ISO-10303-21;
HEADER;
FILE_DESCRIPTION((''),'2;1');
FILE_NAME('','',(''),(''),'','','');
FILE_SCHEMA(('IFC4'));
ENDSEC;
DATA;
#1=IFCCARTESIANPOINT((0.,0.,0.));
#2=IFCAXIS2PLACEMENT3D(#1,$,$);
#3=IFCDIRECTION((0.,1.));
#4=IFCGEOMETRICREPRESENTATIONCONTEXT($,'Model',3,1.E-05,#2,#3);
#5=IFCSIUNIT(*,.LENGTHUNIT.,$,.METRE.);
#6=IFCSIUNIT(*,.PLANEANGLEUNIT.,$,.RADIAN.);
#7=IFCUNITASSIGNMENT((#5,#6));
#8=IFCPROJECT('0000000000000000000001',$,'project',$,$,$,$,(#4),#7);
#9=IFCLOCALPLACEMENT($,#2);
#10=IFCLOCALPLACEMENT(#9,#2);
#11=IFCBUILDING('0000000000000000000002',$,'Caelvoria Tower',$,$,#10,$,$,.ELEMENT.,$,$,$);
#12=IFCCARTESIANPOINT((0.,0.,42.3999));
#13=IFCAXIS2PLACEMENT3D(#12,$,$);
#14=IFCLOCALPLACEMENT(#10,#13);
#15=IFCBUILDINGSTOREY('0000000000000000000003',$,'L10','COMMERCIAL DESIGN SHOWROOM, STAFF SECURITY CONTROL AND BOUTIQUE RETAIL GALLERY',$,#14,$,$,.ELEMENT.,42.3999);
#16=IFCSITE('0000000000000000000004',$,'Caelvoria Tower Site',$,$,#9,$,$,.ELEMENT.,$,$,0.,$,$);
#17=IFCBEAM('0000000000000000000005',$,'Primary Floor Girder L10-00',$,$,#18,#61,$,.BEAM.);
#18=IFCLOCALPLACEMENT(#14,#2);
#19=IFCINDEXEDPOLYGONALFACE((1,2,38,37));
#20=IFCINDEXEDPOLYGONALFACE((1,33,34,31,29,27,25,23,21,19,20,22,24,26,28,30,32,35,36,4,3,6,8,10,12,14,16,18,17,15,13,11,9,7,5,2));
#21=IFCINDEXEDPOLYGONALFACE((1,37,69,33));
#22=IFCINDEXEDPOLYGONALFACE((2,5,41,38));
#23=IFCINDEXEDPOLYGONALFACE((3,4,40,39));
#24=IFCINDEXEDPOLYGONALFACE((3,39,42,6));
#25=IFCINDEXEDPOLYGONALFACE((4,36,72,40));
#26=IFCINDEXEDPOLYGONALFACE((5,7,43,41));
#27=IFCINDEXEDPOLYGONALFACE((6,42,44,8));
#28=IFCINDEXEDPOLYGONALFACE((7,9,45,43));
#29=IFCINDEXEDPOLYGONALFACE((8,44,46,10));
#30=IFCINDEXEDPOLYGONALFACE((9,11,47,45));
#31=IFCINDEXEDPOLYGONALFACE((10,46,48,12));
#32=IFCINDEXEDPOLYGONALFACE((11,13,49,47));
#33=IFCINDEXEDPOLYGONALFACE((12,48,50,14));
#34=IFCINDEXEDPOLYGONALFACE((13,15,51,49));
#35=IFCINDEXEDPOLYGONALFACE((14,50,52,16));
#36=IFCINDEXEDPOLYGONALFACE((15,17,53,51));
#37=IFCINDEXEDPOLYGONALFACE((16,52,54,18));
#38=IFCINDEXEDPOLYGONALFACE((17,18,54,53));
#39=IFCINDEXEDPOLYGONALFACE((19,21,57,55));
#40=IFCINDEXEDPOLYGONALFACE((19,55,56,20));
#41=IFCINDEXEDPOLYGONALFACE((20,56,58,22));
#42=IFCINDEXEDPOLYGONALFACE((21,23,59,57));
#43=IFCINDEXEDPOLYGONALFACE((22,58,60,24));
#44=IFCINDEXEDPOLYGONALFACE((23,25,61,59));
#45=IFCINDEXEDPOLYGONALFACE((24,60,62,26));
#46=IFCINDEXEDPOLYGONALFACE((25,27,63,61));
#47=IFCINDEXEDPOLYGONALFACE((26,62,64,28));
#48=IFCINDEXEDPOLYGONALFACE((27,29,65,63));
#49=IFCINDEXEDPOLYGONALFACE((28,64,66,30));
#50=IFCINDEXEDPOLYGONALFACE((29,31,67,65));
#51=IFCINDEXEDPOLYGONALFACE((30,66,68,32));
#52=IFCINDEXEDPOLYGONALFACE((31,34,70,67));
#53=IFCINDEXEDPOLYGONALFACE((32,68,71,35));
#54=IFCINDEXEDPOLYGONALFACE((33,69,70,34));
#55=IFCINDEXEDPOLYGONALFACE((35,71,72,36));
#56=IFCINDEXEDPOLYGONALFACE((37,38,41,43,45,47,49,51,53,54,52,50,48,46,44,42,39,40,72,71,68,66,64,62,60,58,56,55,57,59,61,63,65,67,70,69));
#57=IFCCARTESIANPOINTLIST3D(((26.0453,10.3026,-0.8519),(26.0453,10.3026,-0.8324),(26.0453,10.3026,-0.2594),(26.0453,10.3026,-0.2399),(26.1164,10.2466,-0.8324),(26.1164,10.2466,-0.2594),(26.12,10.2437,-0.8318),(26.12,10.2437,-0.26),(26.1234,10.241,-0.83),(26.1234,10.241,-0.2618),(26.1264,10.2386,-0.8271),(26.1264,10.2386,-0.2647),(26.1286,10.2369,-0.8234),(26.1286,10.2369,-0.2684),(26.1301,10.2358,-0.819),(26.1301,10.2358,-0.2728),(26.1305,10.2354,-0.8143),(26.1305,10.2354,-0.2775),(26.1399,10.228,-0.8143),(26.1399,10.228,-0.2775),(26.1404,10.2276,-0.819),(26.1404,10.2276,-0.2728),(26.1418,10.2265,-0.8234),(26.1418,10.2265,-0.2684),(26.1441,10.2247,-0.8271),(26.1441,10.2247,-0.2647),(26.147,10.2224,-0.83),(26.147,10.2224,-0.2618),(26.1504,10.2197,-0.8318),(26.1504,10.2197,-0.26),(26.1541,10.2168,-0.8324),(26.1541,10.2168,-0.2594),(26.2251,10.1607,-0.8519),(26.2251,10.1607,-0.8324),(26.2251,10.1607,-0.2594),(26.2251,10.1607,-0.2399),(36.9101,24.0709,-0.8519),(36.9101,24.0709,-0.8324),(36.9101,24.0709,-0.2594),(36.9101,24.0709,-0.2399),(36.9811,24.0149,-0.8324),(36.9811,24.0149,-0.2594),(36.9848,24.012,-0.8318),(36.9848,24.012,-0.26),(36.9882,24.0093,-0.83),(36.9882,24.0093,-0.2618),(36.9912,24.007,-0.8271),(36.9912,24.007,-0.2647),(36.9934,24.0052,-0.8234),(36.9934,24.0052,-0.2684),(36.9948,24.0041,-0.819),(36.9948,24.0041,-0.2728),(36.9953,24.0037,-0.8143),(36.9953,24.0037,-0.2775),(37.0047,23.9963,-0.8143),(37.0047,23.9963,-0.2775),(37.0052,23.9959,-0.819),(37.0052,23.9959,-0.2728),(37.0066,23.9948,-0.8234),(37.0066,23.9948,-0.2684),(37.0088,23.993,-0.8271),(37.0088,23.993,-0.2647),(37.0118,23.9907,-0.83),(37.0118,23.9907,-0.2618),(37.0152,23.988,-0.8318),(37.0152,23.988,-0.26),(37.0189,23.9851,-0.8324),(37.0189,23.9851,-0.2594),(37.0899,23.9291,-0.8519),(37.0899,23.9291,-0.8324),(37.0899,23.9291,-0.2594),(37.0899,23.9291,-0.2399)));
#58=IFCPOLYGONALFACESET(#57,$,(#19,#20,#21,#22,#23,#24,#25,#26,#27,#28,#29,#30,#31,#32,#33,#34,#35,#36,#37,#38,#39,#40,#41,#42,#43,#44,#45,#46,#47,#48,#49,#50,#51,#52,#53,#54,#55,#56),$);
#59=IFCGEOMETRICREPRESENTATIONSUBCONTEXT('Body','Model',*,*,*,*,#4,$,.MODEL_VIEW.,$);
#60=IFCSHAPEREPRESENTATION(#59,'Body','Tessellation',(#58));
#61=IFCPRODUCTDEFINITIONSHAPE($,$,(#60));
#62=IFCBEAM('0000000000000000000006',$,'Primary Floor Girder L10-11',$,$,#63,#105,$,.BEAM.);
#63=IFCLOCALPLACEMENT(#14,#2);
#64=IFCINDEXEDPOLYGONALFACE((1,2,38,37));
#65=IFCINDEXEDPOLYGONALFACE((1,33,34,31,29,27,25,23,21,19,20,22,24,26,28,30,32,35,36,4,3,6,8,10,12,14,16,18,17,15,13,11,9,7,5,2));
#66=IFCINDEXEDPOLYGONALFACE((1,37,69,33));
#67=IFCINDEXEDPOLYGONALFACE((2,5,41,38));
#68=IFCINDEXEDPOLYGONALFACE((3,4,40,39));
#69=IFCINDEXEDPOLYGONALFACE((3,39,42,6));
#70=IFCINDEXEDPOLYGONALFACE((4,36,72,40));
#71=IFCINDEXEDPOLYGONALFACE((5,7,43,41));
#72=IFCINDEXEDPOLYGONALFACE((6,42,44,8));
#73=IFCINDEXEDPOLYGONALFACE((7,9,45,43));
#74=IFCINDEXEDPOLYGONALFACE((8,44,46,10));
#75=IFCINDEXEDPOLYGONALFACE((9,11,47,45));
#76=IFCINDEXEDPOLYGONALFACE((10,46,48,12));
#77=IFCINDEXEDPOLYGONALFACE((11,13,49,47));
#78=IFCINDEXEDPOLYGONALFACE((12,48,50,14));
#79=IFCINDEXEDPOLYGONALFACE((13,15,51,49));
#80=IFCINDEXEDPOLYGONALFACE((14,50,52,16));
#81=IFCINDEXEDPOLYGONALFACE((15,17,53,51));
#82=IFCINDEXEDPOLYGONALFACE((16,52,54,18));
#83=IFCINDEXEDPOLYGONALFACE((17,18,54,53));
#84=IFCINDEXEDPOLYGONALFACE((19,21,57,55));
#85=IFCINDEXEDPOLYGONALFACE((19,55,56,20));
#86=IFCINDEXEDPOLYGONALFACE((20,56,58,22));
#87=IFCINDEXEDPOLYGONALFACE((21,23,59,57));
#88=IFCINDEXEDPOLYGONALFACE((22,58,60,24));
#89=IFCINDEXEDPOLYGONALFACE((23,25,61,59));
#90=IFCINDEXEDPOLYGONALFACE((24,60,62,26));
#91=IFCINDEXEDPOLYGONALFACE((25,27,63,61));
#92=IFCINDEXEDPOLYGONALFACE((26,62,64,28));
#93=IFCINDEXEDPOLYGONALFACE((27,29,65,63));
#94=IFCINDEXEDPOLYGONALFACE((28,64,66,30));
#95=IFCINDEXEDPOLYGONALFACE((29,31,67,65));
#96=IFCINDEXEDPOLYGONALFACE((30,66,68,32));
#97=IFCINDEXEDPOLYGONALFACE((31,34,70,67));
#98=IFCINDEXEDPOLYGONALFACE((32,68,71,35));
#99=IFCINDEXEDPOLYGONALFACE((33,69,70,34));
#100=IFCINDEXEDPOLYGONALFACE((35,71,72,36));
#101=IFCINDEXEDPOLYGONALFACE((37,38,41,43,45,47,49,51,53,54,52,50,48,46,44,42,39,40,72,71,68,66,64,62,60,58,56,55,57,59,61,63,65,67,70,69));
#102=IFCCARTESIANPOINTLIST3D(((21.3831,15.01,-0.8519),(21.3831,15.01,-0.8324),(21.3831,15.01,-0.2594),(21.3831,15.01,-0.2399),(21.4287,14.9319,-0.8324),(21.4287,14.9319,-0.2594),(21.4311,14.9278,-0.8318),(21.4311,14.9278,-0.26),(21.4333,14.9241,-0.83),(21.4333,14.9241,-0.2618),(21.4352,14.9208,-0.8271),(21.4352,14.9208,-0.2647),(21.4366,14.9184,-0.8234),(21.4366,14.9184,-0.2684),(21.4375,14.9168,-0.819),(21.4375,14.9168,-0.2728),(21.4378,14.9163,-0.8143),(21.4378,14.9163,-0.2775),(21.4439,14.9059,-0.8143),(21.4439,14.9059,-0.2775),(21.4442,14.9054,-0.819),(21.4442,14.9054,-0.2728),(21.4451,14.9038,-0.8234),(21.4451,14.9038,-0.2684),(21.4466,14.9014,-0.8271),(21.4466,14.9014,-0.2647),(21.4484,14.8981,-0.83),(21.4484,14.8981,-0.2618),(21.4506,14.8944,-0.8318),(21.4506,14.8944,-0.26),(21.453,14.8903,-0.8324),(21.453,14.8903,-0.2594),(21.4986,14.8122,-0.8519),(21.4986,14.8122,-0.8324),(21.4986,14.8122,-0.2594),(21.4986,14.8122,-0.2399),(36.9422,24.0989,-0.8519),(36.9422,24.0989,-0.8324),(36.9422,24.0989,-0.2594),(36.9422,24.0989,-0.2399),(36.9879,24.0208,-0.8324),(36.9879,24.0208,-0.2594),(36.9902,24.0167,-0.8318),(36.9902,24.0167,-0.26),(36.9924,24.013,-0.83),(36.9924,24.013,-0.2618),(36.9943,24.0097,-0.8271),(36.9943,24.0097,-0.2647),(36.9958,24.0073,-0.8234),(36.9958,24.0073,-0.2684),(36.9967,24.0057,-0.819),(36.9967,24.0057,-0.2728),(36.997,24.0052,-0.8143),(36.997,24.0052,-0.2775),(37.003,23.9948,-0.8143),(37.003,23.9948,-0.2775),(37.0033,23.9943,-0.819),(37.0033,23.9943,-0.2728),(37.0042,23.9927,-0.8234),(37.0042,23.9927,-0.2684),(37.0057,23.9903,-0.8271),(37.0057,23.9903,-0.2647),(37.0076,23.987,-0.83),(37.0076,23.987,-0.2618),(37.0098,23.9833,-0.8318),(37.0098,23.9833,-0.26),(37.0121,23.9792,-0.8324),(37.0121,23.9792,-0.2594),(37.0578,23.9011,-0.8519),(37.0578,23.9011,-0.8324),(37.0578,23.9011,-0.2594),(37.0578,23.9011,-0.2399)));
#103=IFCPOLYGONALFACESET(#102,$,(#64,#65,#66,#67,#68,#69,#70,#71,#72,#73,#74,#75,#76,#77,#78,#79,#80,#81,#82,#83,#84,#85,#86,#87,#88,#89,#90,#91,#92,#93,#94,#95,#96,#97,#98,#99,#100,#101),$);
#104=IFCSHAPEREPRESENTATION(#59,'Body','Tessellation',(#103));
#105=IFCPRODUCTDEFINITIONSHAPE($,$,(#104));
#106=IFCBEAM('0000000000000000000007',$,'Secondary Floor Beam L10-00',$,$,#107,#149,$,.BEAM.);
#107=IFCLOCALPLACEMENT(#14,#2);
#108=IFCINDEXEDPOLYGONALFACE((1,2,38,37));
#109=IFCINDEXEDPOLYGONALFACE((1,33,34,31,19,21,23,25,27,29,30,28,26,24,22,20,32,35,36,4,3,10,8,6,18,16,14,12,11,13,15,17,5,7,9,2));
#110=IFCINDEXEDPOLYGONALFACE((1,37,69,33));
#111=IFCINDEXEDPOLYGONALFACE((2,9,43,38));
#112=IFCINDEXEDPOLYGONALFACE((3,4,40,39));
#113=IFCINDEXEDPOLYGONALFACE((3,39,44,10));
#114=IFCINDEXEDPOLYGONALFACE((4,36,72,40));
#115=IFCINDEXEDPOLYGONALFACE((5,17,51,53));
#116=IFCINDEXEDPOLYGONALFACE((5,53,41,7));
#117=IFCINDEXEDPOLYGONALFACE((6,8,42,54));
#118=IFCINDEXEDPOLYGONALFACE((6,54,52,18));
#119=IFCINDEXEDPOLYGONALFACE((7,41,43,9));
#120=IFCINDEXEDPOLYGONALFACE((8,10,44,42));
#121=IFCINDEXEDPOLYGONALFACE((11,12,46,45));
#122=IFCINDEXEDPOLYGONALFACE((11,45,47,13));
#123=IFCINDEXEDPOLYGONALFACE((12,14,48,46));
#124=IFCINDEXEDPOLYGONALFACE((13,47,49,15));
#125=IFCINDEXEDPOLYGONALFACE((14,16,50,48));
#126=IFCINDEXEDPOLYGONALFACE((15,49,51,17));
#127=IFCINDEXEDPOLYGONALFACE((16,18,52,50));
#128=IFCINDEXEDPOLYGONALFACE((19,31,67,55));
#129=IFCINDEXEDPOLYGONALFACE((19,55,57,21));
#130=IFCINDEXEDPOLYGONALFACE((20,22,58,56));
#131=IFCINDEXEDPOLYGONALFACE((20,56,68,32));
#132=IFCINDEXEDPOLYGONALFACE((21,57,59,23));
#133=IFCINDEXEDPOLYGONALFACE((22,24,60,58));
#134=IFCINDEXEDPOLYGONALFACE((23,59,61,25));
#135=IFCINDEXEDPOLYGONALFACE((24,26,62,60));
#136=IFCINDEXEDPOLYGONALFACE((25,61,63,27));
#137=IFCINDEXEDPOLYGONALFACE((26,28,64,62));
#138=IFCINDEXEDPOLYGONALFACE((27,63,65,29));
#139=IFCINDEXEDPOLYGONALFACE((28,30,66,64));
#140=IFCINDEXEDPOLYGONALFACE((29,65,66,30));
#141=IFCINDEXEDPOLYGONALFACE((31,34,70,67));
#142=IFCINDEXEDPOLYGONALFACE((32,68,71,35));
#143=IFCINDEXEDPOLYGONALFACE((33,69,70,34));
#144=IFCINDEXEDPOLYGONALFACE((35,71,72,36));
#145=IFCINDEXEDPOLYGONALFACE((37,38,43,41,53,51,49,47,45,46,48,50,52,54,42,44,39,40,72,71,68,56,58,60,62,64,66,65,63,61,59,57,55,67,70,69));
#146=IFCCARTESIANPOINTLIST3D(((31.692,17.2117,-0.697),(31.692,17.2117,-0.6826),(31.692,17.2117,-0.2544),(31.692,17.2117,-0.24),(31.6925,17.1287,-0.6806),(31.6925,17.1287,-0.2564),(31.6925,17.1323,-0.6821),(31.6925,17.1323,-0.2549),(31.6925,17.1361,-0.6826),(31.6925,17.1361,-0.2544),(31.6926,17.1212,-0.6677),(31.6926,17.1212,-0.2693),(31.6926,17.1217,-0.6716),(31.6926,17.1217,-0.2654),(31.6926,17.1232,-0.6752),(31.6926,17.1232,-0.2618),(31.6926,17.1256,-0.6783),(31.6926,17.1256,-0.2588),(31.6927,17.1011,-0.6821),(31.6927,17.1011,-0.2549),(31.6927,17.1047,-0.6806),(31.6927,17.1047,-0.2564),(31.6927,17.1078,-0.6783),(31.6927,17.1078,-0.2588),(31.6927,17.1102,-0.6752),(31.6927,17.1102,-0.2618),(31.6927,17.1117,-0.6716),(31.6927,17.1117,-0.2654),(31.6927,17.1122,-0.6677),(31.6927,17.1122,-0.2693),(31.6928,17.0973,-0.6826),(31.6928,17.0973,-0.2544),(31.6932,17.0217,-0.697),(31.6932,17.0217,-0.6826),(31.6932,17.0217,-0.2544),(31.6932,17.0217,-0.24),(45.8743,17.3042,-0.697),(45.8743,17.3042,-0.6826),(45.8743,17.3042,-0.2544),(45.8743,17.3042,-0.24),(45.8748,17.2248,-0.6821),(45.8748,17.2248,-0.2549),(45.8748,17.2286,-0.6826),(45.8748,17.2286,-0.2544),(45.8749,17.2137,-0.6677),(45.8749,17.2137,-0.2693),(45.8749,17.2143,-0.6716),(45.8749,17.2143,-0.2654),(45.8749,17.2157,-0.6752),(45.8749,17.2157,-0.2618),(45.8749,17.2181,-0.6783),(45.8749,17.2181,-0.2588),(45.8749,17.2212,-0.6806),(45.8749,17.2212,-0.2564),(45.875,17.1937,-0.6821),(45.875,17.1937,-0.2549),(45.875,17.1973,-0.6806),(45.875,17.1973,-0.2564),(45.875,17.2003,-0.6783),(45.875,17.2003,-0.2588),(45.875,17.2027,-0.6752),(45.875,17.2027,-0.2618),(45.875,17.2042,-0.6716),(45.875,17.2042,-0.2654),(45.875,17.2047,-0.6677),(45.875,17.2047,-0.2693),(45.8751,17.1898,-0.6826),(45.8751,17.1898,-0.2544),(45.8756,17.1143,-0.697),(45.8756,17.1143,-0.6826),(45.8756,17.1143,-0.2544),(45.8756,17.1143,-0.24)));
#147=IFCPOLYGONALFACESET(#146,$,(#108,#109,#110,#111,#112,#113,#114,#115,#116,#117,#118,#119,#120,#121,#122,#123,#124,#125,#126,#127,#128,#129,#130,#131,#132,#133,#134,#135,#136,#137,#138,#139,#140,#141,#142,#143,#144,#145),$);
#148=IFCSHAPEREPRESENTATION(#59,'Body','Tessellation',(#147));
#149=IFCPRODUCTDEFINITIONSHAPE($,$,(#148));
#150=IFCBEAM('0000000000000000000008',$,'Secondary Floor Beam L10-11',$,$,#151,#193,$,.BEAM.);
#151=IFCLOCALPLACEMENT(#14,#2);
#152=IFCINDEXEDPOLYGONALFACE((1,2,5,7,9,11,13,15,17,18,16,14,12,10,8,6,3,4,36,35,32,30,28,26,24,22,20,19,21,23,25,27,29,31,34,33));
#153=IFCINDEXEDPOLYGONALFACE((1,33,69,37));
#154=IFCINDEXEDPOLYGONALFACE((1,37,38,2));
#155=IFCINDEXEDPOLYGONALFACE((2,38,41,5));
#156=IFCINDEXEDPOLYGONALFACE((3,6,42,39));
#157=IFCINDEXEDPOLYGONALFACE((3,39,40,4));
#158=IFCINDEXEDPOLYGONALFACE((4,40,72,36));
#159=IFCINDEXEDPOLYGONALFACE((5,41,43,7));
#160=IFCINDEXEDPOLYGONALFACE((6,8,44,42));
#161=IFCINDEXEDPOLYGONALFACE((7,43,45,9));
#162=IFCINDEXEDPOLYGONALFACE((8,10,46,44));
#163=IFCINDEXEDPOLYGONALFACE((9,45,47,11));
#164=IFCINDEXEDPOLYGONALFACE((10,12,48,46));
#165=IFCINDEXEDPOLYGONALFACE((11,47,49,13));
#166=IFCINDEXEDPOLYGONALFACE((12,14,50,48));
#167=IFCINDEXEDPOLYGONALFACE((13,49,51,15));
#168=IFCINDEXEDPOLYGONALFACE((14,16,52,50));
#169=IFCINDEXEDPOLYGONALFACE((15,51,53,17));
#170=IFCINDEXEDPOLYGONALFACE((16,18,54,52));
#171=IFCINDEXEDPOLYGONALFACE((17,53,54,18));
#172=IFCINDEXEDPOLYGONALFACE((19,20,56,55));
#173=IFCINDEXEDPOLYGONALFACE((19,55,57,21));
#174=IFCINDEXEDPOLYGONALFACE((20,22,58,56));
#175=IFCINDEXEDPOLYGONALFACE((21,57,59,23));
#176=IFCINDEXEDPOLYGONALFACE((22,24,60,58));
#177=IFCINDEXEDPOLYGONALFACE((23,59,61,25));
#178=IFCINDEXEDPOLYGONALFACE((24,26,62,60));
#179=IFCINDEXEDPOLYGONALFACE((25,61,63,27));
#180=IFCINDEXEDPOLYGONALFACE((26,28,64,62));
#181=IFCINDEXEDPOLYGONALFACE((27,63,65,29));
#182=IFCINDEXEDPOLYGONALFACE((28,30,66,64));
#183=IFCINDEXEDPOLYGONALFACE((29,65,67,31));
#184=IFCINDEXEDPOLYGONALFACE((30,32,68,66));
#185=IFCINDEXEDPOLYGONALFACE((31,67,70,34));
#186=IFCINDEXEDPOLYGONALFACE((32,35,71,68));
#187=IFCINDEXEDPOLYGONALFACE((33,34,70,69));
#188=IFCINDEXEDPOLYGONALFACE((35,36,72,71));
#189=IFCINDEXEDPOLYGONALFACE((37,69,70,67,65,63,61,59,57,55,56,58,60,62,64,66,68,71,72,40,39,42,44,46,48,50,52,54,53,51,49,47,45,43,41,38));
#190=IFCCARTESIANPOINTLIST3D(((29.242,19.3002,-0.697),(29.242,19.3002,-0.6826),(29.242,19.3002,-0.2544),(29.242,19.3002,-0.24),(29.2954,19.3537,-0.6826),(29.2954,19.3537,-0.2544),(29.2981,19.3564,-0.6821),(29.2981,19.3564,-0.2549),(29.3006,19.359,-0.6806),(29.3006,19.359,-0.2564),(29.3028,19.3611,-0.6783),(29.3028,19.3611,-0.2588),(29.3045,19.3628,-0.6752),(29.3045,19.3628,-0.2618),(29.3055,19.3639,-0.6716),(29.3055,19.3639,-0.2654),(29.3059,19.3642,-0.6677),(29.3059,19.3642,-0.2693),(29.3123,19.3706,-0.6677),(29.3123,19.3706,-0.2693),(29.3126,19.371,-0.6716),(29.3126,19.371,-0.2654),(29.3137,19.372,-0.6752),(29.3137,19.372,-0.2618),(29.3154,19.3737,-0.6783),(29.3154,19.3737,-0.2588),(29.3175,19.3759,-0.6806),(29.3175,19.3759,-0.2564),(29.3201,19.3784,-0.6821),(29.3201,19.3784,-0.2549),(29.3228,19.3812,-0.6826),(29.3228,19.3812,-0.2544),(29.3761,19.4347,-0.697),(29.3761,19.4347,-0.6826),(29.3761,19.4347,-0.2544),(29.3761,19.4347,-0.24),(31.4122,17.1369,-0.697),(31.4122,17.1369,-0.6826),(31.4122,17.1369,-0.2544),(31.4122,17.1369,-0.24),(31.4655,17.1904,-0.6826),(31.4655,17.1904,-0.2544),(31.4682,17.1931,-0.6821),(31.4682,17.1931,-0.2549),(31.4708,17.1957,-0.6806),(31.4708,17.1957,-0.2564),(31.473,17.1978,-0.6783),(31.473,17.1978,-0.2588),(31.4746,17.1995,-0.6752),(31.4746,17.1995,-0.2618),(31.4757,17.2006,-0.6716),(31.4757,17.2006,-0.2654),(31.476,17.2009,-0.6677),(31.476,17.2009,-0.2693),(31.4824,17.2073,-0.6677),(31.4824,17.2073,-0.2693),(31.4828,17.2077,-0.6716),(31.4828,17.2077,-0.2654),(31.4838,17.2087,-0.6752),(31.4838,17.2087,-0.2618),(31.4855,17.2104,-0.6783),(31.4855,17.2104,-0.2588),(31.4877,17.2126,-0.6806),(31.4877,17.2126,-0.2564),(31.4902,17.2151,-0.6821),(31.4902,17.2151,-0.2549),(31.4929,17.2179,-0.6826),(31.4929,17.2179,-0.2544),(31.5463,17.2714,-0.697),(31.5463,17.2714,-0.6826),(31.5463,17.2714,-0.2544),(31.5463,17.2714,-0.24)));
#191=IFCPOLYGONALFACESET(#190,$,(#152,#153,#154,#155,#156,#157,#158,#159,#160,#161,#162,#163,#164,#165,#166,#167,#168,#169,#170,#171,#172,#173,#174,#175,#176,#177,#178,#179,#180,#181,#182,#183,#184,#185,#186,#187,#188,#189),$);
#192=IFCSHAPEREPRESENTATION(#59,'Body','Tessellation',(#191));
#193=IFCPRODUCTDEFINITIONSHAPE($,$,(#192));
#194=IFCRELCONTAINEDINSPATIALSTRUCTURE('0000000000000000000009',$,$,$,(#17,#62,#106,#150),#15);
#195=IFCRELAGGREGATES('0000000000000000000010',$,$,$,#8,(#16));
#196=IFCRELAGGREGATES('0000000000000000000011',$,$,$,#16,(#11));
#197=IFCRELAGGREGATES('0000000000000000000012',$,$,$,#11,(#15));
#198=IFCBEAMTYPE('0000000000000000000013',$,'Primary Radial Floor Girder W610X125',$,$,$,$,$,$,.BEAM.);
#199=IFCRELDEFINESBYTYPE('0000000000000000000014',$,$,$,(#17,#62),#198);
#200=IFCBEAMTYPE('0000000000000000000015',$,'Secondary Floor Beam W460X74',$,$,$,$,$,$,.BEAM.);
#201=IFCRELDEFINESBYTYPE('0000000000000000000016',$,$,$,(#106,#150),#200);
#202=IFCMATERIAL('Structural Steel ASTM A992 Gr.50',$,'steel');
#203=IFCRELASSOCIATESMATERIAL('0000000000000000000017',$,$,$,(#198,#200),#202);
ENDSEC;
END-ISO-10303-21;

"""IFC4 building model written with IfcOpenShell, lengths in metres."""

from ifc_helpers import new_model, si_unit, direction, frame, origin, origin_2d, place, context, subcontext, project, spatial, i_section, extrude, material, material_profile, profile_set, type_object, element, save


model = new_model("IFC4")

# Units and contexts
model_context = context("Model", 3, precision=1e-05, world=origin(), true_north=direction((0.0, 1.0)))
body_context = subcontext(model_context, "Body", "Model", "MODEL_VIEW")
ifc_project = project(units=[si_unit("LENGTHUNIT", "METRE"), si_unit("PLANEANGLEUNIT", "RADIAN")], contexts=[model_context])

# Site, building, storey
site_placement = place(None, origin())
site = spatial("IfcSite", under=ifc_project, at=site_placement, Name="Caelvoria Tower Site", CompositionType="ELEMENT", RefElevation=0.0)
building_placement = place(site_placement, origin())
building = spatial("IfcBuilding", under=site, at=building_placement, Name="Caelvoria Tower", CompositionType="ELEMENT")
storey_placement = place(building_placement, frame((0.0, 0.0, 42.3999)))
storey = spatial("IfcBuildingStorey", under=building, at=storey_placement, Name="L10", Description="COMMERCIAL DESIGN SHOWROOM, STAFF SECURITY CONTROL AND BOUTIQUE RETAIL GALLERY", CompositionType="ELEMENT", Elevation=42.3999)

# Beams
ifc_material_1 = material(Name="Structural Steel ASTM A992 Gr.50", Category="steel")
ifc_material_profile_1 = material_profile(ifc_material_1, i_section(OverallWidth=0.229, OverallDepth=0.6121, WebThickness=0.012, FlangeThickness=0.0195, FilletRadius=0.0181, at=origin_2d()), Name="Structural Steel ASTM A992 Gr.50")
ifc_profile_set_1 = profile_set([ifc_material_profile_1], Name="W610X125 - Structural Steel ASTM A992 Gr.50")
beam_type_1 = type_object("IfcBeamType", Name="Primary Radial Floor Girder W610X125", PredefinedType="BEAM", material=ifc_profile_set_1)
beam_1_placement = place(storey_placement, frame((37.0, 24.0, -0.5459), z_axis=(-0.61947, -0.785021, 0.0), x_axis=(0.785021, -0.61947, 0.0)))
element("IfcBeam", 1, at=beam_1_placement, inside=storey, type_object=beam_type_1, Name="Primary Floor Girder L10-00", PredefinedType="BEAM", context=body_context, shape_type="SweptSolid", body=[
    extrude(i_section(OverallWidth=0.229, OverallDepth=0.6121, WebThickness=0.012, FlangeThickness=0.0195, FilletRadius=0.0181, at=origin_2d()), origin(), (0.0, 0.0, 1.0), 17.5388),
])
beam_2_placement = place(storey_placement, frame((37.0, 24.0, -0.5459), z_axis=(-0.863471, -0.504398, 0.0), x_axis=(0.504398, -0.863471, 0.0)))
element("IfcBeam", 2, at=beam_2_placement, inside=storey, type_object=beam_type_1, Name="Primary Floor Girder L10-11", PredefinedType="BEAM", context=body_context, shape_type="SweptSolid", body=[
    extrude(i_section(OverallWidth=0.229, OverallDepth=0.6121, WebThickness=0.012, FlangeThickness=0.0195, FilletRadius=0.0181, at=origin_2d()), origin(), (0.0, 0.0, 1.0), 18.0193),
])
ifc_material_profile_2 = material_profile(ifc_material_1, i_section(OverallWidth=0.1899, OverallDepth=0.457, WebThickness=0.009, FlangeThickness=0.0144, FilletRadius=0.0149, at=origin_2d()), Name="Structural Steel ASTM A992 Gr.50")
ifc_profile_set_2 = profile_set([ifc_material_profile_2], Name="W460X74 - Structural Steel ASTM A992 Gr.50")
beam_type_2 = type_object("IfcBeamType", Name="Secondary Floor Beam W460X74", PredefinedType="BEAM", material=ifc_profile_set_2)
beam_3_placement = place(storey_placement, frame((31.6926, 17.1167, -0.4685), z_axis=(0.999979, 0.006524, 0.0), x_axis=(-0.006524, 0.999979, 0.0)))
element("IfcBeam", 3, at=beam_3_placement, inside=storey, type_object=beam_type_2, Name="Secondary Floor Beam L10-00", PredefinedType="BEAM", context=body_context, shape_type="SweptSolid", body=[
    extrude(i_section(OverallWidth=0.1899, OverallDepth=0.457, WebThickness=0.009, FlangeThickness=0.0144, FilletRadius=0.0149, at=origin_2d()), origin(), (0.0, 0.0, 1.0), 14.1826),
])
beam_4_placement = place(storey_placement, frame((29.3091, 19.3674, -0.4685), z_axis=(0.708221, -0.70599, 0.0), x_axis=(0.70599, 0.708221, 0.0)))
element("IfcBeam", 4, at=beam_4_placement, inside=storey, type_object=beam_type_2, Name="Secondary Floor Beam L10-11", PredefinedType="BEAM", context=body_context, shape_type="SweptSolid", body=[
    extrude(i_section(OverallWidth=0.1899, OverallDepth=0.457, WebThickness=0.009, FlangeThickness=0.0144, FilletRadius=0.0149, at=origin_2d()), origin(), (0.0, 0.0, 1.0), 3.0642),
])

save(model, "model.ifc")
